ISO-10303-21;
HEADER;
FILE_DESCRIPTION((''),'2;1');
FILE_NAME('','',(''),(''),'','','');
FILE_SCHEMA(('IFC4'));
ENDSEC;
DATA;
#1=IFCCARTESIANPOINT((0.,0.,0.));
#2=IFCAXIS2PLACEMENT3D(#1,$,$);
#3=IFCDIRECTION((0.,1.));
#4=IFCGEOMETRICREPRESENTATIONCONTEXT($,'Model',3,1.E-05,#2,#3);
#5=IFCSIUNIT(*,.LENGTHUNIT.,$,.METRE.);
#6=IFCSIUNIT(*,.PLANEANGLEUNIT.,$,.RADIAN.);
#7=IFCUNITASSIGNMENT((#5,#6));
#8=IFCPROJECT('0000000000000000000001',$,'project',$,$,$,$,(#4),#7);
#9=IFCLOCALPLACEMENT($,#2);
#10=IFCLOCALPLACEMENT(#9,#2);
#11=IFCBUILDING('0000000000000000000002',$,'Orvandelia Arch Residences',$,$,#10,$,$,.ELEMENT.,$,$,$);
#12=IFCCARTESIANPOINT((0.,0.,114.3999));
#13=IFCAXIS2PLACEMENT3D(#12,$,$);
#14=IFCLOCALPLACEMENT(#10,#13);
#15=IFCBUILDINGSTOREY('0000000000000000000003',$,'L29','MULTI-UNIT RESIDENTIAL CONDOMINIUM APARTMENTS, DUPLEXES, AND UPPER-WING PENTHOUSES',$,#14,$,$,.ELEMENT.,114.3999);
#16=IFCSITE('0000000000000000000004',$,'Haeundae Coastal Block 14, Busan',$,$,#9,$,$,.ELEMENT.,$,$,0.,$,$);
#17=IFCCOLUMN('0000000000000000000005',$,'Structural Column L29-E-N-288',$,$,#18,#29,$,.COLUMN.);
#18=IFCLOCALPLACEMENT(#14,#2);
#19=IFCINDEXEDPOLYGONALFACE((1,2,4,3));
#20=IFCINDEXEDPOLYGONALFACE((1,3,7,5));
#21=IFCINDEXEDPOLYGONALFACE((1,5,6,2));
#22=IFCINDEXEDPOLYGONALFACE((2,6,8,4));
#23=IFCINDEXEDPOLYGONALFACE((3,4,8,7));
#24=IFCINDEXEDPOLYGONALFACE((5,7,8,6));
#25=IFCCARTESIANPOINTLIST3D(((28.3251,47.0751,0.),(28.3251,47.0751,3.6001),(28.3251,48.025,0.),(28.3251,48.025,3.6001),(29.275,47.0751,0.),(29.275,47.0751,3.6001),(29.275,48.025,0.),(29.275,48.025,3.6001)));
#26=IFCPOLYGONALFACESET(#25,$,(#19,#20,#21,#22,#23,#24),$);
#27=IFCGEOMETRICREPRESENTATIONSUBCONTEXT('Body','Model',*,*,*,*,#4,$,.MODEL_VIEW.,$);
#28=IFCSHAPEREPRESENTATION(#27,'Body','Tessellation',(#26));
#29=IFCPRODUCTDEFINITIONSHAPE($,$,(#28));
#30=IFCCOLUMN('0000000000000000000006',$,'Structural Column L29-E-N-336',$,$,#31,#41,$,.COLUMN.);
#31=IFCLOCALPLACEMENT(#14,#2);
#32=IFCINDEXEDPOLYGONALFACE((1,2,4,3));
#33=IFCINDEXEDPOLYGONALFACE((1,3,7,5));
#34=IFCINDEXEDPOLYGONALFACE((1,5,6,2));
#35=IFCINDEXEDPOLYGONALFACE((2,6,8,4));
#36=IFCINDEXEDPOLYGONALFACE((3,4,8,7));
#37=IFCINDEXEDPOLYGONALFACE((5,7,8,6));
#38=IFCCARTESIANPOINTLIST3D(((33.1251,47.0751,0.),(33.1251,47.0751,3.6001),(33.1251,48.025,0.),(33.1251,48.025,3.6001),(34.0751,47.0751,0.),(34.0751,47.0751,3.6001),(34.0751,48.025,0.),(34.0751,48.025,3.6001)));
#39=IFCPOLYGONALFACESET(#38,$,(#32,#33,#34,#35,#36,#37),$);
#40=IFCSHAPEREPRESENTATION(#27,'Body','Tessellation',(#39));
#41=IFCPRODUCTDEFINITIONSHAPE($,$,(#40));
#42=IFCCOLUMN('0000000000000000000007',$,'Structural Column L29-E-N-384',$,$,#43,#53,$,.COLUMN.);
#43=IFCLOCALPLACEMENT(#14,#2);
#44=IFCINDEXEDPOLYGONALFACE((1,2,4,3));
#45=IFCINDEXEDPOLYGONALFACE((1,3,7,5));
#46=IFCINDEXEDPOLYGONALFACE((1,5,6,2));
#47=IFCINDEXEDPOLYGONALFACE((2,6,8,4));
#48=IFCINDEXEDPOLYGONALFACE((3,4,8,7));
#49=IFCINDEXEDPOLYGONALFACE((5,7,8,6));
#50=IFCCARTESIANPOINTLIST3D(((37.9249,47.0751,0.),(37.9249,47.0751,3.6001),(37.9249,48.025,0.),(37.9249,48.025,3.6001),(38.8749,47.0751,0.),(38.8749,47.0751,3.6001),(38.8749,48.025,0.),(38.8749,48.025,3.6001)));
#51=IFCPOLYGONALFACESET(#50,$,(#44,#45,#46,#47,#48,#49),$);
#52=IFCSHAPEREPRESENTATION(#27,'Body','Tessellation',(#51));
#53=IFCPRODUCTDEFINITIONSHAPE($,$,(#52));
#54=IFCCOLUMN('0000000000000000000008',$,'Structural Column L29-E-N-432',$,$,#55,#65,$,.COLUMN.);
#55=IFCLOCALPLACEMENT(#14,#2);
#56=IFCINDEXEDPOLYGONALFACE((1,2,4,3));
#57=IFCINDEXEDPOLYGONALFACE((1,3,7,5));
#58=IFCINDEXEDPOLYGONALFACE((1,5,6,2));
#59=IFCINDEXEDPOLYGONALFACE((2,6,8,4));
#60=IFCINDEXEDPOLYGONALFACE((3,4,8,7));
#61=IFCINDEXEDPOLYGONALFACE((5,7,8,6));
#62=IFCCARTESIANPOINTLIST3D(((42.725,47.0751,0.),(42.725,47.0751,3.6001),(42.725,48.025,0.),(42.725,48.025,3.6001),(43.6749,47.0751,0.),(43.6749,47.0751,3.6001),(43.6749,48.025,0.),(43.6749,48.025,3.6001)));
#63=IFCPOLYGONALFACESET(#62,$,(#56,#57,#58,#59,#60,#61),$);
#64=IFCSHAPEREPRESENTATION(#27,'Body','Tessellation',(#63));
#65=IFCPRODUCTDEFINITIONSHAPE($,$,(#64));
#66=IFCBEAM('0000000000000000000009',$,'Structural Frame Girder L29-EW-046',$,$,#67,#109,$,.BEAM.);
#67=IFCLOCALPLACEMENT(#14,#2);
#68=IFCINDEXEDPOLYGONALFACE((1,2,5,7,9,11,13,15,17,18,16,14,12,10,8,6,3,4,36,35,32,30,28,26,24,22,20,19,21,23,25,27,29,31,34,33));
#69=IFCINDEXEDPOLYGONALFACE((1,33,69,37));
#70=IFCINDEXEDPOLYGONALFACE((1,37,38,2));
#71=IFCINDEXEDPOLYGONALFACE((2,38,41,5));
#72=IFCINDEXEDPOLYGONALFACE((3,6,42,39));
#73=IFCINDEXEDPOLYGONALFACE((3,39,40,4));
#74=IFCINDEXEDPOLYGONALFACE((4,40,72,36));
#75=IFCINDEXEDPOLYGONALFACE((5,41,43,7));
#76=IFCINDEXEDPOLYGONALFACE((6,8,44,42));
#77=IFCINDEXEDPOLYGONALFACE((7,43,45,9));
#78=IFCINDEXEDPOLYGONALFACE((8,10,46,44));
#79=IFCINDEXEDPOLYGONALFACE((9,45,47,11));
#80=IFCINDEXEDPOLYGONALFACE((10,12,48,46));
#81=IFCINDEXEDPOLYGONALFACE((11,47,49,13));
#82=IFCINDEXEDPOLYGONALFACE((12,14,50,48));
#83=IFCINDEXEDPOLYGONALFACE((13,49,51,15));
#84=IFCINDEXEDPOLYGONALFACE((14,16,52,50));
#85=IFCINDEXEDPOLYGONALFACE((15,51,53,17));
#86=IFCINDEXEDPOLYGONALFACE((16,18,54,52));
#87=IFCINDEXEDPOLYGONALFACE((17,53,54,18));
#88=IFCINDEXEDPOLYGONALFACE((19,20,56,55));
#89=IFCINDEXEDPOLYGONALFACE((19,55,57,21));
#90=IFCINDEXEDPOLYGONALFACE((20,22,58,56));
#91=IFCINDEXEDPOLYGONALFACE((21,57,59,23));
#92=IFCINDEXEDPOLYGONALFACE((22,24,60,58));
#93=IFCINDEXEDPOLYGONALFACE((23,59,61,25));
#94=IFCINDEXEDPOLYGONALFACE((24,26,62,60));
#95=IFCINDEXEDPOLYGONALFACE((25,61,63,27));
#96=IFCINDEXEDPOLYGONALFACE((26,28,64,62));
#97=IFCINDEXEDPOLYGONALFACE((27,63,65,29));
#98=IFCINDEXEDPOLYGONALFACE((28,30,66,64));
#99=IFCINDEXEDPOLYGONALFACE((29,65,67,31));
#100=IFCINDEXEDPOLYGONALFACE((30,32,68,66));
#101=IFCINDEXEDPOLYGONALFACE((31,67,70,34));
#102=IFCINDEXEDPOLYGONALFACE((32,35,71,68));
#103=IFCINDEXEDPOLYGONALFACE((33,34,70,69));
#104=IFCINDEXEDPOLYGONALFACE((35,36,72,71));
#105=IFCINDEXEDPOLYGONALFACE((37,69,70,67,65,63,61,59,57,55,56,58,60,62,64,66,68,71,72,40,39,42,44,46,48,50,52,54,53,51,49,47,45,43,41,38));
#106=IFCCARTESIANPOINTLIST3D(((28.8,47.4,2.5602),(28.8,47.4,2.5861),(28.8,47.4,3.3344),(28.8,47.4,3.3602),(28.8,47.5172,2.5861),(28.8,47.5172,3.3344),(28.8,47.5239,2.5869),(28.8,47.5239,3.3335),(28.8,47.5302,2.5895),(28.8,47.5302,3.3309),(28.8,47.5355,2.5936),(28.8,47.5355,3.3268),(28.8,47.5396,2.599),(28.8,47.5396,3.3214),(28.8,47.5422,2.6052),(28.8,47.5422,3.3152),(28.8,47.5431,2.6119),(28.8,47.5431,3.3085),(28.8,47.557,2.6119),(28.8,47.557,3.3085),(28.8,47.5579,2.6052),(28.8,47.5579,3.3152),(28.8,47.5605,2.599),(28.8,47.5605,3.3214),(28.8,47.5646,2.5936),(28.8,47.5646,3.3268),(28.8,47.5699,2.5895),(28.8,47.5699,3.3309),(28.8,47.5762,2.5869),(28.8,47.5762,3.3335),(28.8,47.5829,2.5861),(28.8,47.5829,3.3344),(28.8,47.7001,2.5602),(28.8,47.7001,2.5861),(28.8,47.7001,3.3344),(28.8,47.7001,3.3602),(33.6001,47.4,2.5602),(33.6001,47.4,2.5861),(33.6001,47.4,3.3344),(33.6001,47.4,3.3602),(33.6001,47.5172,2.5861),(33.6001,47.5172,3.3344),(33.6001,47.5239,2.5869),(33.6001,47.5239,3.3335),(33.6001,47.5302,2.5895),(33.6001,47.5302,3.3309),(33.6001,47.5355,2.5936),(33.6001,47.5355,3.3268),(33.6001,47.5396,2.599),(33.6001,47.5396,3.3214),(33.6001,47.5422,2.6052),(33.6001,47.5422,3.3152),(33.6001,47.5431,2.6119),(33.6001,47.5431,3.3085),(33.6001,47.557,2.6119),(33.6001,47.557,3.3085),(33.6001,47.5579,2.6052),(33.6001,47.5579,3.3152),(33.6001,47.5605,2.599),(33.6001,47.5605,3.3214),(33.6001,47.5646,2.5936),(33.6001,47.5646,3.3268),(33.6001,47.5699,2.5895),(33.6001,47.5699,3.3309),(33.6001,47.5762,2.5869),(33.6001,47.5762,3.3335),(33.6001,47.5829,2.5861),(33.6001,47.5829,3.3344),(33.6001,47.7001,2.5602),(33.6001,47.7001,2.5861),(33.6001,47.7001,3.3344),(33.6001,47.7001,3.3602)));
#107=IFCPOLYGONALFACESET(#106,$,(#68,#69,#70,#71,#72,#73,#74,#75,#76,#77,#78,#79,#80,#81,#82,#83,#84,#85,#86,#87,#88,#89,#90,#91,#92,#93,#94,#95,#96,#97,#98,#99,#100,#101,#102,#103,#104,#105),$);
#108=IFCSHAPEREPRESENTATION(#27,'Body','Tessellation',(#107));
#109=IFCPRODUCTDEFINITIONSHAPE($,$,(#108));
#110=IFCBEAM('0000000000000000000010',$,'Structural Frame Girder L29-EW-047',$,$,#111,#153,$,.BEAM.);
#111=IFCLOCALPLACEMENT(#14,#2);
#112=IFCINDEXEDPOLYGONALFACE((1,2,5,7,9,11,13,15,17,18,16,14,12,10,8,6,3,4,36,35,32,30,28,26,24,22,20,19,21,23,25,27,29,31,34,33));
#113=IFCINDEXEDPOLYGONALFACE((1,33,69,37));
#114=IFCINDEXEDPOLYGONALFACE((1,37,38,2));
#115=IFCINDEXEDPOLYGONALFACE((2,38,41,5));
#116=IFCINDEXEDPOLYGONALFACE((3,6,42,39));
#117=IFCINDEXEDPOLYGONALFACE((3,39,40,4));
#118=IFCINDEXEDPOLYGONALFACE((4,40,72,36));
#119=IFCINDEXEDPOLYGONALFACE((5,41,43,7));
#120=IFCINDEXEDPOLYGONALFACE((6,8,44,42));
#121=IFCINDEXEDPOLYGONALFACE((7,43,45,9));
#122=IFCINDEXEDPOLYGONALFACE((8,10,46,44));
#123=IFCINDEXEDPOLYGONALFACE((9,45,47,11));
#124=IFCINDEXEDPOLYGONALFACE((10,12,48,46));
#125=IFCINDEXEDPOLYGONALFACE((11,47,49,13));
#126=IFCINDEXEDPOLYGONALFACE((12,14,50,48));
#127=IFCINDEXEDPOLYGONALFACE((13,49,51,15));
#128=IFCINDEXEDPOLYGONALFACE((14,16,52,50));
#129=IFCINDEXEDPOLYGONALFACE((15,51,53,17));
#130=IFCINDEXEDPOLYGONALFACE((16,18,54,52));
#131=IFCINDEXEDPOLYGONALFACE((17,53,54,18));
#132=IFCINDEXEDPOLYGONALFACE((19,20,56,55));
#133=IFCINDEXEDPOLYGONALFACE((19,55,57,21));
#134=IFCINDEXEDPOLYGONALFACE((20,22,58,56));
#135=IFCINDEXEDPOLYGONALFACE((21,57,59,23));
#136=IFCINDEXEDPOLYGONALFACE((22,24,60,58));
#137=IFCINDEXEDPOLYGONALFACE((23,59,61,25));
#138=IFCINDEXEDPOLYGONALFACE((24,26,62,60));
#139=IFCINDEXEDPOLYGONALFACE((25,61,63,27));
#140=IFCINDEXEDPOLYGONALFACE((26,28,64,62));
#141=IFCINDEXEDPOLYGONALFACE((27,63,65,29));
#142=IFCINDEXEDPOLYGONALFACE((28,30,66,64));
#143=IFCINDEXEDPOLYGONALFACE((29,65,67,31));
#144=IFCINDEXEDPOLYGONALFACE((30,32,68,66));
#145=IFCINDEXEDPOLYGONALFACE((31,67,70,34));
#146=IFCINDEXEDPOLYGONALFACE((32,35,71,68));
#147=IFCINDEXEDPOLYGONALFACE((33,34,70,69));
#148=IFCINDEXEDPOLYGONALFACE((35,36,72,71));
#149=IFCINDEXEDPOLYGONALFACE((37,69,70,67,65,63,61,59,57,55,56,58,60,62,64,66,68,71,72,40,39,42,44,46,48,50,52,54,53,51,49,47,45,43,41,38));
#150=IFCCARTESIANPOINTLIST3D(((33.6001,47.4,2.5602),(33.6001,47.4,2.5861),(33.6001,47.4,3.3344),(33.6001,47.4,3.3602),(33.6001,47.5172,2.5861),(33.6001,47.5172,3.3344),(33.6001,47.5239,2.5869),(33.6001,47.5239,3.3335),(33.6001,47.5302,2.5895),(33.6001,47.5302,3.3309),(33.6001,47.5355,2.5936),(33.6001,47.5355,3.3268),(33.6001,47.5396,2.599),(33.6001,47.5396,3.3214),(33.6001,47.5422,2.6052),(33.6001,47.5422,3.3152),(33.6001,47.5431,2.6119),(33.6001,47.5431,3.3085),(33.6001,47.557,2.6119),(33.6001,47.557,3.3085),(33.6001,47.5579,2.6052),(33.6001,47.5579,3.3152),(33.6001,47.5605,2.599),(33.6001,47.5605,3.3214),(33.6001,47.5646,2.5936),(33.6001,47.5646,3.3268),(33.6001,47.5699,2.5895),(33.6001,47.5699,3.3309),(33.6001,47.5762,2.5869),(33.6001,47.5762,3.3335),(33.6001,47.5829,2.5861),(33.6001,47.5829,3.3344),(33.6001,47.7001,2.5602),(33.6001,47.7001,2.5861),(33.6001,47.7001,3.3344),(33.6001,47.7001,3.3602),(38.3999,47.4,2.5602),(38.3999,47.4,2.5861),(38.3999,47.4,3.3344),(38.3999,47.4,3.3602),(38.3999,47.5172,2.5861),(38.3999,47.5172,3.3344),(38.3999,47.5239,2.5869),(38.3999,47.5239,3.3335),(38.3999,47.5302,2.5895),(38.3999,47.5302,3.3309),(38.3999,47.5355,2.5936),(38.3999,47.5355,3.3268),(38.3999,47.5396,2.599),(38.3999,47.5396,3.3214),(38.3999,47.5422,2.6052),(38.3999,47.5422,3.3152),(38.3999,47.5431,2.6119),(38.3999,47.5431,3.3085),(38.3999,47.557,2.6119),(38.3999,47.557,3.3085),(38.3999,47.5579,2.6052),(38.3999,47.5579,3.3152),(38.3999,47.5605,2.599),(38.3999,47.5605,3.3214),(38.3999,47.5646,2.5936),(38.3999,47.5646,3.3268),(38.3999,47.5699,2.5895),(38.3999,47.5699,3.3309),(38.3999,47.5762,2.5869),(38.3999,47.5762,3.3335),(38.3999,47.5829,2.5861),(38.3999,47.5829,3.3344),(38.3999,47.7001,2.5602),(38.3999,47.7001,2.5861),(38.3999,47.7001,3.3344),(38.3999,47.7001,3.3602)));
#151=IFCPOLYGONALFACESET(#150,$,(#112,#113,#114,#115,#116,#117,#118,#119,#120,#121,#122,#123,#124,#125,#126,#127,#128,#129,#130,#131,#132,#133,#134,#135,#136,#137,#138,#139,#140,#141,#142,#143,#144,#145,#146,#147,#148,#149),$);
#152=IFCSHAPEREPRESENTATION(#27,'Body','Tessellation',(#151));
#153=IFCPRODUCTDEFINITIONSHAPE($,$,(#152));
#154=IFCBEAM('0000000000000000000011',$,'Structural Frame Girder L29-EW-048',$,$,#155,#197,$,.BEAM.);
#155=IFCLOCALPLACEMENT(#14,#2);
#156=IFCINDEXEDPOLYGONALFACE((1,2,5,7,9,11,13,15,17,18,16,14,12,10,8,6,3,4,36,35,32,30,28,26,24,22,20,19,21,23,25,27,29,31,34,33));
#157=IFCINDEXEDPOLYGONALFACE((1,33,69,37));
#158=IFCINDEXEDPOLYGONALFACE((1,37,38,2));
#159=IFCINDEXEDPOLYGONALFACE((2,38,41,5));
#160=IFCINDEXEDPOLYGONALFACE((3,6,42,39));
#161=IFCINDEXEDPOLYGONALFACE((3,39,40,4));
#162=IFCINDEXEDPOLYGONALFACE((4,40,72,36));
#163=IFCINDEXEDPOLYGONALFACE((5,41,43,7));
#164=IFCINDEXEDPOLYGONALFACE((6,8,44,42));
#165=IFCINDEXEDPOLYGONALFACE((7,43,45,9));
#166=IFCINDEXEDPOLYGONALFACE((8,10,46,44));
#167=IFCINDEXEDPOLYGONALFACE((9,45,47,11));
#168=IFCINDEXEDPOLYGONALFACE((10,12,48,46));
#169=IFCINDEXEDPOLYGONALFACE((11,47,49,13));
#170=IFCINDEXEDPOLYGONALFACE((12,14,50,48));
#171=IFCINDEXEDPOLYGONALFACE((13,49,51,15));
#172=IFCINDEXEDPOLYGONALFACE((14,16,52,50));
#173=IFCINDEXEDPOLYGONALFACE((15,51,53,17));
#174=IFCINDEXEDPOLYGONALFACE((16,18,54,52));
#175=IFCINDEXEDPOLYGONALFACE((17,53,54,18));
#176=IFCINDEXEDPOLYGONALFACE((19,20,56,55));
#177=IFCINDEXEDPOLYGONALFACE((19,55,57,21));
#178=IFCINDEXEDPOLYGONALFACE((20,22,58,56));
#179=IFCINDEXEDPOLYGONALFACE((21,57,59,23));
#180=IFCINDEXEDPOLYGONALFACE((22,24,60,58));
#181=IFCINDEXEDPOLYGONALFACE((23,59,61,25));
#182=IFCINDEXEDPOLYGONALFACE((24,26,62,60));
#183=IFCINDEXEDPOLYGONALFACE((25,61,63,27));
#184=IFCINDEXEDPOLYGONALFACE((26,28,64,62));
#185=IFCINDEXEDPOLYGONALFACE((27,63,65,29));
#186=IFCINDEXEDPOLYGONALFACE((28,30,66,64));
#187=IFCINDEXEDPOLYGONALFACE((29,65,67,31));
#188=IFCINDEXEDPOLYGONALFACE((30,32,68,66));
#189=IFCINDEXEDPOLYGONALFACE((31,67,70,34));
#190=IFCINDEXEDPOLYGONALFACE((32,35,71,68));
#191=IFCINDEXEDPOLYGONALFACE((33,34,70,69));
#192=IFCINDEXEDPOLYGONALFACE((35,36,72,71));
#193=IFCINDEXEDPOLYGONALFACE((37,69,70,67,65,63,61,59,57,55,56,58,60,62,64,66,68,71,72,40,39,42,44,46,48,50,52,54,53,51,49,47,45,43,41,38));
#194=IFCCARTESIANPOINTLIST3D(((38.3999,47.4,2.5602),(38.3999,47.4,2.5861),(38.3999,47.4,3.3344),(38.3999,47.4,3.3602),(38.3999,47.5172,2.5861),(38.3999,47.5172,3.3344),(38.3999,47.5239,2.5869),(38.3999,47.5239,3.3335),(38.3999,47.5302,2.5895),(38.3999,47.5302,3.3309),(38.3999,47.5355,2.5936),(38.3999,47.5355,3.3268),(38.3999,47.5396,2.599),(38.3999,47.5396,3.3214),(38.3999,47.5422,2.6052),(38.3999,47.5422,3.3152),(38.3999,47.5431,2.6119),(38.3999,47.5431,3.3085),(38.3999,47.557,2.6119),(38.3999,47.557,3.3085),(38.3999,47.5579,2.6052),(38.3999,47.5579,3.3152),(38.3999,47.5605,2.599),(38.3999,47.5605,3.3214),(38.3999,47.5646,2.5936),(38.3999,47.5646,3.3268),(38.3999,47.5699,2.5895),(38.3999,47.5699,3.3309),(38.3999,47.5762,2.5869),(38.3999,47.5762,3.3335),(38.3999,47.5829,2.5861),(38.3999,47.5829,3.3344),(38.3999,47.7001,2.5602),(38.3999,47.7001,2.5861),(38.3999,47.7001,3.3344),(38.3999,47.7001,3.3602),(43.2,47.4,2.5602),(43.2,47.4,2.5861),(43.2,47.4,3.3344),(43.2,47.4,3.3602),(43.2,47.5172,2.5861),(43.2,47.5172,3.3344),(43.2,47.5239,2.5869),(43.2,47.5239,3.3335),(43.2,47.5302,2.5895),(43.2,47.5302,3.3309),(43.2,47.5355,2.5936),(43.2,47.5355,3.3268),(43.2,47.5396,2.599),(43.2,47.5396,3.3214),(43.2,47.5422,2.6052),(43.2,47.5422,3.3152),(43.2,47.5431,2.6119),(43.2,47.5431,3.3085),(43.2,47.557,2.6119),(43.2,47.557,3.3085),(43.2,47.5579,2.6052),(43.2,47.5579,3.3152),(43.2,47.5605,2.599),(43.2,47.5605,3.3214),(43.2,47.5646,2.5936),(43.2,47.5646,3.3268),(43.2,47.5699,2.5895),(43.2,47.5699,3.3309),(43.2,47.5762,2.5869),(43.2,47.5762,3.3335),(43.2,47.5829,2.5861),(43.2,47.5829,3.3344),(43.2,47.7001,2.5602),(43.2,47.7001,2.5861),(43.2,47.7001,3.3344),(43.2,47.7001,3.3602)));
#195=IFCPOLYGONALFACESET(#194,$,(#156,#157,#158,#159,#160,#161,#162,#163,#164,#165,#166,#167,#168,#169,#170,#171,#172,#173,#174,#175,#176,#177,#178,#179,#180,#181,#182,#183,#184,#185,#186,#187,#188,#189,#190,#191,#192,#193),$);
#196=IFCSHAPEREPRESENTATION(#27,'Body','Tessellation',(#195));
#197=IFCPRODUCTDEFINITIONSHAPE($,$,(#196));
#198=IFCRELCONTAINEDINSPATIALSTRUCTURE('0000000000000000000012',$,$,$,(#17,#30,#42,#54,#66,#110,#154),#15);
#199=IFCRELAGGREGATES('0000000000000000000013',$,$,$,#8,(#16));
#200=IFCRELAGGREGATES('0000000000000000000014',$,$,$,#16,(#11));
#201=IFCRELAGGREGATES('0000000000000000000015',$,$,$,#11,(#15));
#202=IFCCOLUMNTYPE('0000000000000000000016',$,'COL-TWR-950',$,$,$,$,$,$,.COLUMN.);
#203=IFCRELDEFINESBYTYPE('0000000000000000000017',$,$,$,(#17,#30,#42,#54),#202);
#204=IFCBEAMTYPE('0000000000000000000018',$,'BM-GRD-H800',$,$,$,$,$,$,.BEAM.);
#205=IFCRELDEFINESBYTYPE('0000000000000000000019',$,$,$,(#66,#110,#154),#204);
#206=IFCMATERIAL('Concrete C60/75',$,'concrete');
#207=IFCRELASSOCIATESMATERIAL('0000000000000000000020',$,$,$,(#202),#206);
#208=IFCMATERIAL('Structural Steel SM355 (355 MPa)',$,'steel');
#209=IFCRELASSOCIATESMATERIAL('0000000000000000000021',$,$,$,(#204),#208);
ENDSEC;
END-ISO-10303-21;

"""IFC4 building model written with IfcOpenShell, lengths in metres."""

from ifc_helpers import new_model, si_unit, direction, frame, origin, origin_2d, place, context, subcontext, project, spatial, rectangle, i_section, extrude, material, material_profile, profile_set, type_object, element, save


model = new_model("IFC4")

# Units and contexts
model_context = context("Model", 3, precision=1e-05, world=origin(), true_north=direction((0.0, 1.0)))
body_context = subcontext(model_context, "Body", "Model", "MODEL_VIEW")
ifc_project = project(units=[si_unit("LENGTHUNIT", "METRE"), si_unit("PLANEANGLEUNIT", "RADIAN")], contexts=[model_context])

# Site, building, storey
site_placement = place(None, origin())
site = spatial("IfcSite", under=ifc_project, at=site_placement, Name="Haeundae Coastal Block 14, Busan", CompositionType="ELEMENT", RefElevation=0.0)
building_placement = place(site_placement, origin())
building = spatial("IfcBuilding", under=site, at=building_placement, Name="Orvandelia Arch Residences", CompositionType="ELEMENT")
storey_placement = place(building_placement, frame((0.0, 0.0, 114.3999)))
storey = spatial("IfcBuildingStorey", under=building, at=storey_placement, Name="L29", Description="MULTI-UNIT RESIDENTIAL CONDOMINIUM APARTMENTS, DUPLEXES, AND UPPER-WING PENTHOUSES", CompositionType="ELEMENT", Elevation=114.3999)

# Columns
ifc_material_1 = material(Name="Concrete C60/75", Category="concrete")
ifc_material_profile_1 = material_profile(ifc_material_1, rectangle(XDim=0.95, YDim=0.95, at=origin_2d()), Name="Concrete C60/75", Category="concrete")
ifc_profile_set_1 = profile_set([ifc_material_profile_1], Name="Concrete C60/75")
column_type = type_object("IfcColumnType", Name="COL-TWR-950", PredefinedType="COLUMN", material=ifc_profile_set_1)
for number, where, z_axis, x_axis, name in (
    (1, (28.8, 47.55, 0.0), (0.0, 0.0, 1.0), (1.0, 0.0, 0.0), "Structural Column L29-E-N-288"),
    (2, (33.6001, 47.55, 0.0), (0.0, 0.0, 1.0), (1.0, 0.0, 0.0), "Structural Column L29-E-N-336"),
    (3, (38.3999, 47.55, 0.0), (0.0, 0.0, 1.0), (1.0, 0.0, 0.0), "Structural Column L29-E-N-384"),
    (4, (43.2, 47.55, 0.0), (0.0, 0.0, 1.0), (1.0, 0.0, 0.0), "Structural Column L29-E-N-432"),
):
    element("IfcColumn", number, at=place(storey_placement, frame(where, z_axis=z_axis, x_axis=x_axis)), inside=storey, type_object=column_type, Name=name, PredefinedType="COLUMN", context=body_context, shape_type="SweptSolid", body=[
        extrude(rectangle(XDim=0.95, YDim=0.95, at=origin_2d()), origin(), (0.0, 0.0, 1.0), 3.6001),
    ])

# Beams
ifc_material_2 = material(Name="Structural Steel SM355 (355 MPa)", Category="steel")
ifc_material_profile_2 = material_profile(ifc_material_2, i_section(OverallWidth=0.3, OverallDepth=0.8, WebThickness=0.0139, FlangeThickness=0.0259, FilletRadius=0.0259, at=origin_2d()), Name="Structural Steel SM355 (355 MPa)", Category="steel")
ifc_profile_set_2 = profile_set([ifc_material_profile_2], Name="Structural Steel SM355 (355 MPa)")
beam_type = type_object("IfcBeamType", Name="BM-GRD-H800", PredefinedType="BEAM", material=ifc_profile_set_2)
beam_1_placement = place(storey_placement, frame((28.8, 47.55, 2.9602), z_axis=(1.0, 0.0, 0.0), x_axis=(0.0, 1.0, 0.0)))
element("IfcBeam", 5, at=beam_1_placement, inside=storey, type_object=beam_type, Name="Structural Frame Girder L29-EW-046", PredefinedType="BEAM", context=body_context, shape_type="SweptSolid", body=[
    extrude(i_section(OverallWidth=0.3, OverallDepth=0.8, WebThickness=0.0139, FlangeThickness=0.0259, FilletRadius=0.0259, at=origin_2d()), origin(), (0.0, 0.0, 1.0), 4.8),
])
beam_2_placement = place(storey_placement, frame((33.6001, 47.55, 2.9602), z_axis=(1.0, 0.0, 0.0), x_axis=(0.0, 1.0, 0.0)))
element("IfcBeam", 6, at=beam_2_placement, inside=storey, type_object=beam_type, Name="Structural Frame Girder L29-EW-047", PredefinedType="BEAM", context=body_context, shape_type="SweptSolid", body=[
    extrude(i_section(OverallWidth=0.3, OverallDepth=0.8, WebThickness=0.0139, FlangeThickness=0.0259, FilletRadius=0.0259, at=origin_2d()), origin(), (0.0, 0.0, 1.0), 4.7998),
])
for number, where, z_axis, x_axis, name in (
    (7, (38.3999, 47.55, 2.9602), (1.0, 0.0, 0.0), (0.0, 1.0, 0.0), "Structural Frame Girder L29-EW-048"),
):
    element("IfcBeam", number, at=place(storey_placement, frame(where, z_axis=z_axis, x_axis=x_axis)), inside=storey, type_object=beam_type, Name=name, PredefinedType="BEAM", context=body_context, shape_type="SweptSolid", body=[
        extrude(i_section(OverallWidth=0.3, OverallDepth=0.8, WebThickness=0.0139, FlangeThickness=0.0259, FilletRadius=0.0259, at=origin_2d()), origin(), (0.0, 0.0, 1.0), 4.8),
    ])

save(model, "model.ifc")
